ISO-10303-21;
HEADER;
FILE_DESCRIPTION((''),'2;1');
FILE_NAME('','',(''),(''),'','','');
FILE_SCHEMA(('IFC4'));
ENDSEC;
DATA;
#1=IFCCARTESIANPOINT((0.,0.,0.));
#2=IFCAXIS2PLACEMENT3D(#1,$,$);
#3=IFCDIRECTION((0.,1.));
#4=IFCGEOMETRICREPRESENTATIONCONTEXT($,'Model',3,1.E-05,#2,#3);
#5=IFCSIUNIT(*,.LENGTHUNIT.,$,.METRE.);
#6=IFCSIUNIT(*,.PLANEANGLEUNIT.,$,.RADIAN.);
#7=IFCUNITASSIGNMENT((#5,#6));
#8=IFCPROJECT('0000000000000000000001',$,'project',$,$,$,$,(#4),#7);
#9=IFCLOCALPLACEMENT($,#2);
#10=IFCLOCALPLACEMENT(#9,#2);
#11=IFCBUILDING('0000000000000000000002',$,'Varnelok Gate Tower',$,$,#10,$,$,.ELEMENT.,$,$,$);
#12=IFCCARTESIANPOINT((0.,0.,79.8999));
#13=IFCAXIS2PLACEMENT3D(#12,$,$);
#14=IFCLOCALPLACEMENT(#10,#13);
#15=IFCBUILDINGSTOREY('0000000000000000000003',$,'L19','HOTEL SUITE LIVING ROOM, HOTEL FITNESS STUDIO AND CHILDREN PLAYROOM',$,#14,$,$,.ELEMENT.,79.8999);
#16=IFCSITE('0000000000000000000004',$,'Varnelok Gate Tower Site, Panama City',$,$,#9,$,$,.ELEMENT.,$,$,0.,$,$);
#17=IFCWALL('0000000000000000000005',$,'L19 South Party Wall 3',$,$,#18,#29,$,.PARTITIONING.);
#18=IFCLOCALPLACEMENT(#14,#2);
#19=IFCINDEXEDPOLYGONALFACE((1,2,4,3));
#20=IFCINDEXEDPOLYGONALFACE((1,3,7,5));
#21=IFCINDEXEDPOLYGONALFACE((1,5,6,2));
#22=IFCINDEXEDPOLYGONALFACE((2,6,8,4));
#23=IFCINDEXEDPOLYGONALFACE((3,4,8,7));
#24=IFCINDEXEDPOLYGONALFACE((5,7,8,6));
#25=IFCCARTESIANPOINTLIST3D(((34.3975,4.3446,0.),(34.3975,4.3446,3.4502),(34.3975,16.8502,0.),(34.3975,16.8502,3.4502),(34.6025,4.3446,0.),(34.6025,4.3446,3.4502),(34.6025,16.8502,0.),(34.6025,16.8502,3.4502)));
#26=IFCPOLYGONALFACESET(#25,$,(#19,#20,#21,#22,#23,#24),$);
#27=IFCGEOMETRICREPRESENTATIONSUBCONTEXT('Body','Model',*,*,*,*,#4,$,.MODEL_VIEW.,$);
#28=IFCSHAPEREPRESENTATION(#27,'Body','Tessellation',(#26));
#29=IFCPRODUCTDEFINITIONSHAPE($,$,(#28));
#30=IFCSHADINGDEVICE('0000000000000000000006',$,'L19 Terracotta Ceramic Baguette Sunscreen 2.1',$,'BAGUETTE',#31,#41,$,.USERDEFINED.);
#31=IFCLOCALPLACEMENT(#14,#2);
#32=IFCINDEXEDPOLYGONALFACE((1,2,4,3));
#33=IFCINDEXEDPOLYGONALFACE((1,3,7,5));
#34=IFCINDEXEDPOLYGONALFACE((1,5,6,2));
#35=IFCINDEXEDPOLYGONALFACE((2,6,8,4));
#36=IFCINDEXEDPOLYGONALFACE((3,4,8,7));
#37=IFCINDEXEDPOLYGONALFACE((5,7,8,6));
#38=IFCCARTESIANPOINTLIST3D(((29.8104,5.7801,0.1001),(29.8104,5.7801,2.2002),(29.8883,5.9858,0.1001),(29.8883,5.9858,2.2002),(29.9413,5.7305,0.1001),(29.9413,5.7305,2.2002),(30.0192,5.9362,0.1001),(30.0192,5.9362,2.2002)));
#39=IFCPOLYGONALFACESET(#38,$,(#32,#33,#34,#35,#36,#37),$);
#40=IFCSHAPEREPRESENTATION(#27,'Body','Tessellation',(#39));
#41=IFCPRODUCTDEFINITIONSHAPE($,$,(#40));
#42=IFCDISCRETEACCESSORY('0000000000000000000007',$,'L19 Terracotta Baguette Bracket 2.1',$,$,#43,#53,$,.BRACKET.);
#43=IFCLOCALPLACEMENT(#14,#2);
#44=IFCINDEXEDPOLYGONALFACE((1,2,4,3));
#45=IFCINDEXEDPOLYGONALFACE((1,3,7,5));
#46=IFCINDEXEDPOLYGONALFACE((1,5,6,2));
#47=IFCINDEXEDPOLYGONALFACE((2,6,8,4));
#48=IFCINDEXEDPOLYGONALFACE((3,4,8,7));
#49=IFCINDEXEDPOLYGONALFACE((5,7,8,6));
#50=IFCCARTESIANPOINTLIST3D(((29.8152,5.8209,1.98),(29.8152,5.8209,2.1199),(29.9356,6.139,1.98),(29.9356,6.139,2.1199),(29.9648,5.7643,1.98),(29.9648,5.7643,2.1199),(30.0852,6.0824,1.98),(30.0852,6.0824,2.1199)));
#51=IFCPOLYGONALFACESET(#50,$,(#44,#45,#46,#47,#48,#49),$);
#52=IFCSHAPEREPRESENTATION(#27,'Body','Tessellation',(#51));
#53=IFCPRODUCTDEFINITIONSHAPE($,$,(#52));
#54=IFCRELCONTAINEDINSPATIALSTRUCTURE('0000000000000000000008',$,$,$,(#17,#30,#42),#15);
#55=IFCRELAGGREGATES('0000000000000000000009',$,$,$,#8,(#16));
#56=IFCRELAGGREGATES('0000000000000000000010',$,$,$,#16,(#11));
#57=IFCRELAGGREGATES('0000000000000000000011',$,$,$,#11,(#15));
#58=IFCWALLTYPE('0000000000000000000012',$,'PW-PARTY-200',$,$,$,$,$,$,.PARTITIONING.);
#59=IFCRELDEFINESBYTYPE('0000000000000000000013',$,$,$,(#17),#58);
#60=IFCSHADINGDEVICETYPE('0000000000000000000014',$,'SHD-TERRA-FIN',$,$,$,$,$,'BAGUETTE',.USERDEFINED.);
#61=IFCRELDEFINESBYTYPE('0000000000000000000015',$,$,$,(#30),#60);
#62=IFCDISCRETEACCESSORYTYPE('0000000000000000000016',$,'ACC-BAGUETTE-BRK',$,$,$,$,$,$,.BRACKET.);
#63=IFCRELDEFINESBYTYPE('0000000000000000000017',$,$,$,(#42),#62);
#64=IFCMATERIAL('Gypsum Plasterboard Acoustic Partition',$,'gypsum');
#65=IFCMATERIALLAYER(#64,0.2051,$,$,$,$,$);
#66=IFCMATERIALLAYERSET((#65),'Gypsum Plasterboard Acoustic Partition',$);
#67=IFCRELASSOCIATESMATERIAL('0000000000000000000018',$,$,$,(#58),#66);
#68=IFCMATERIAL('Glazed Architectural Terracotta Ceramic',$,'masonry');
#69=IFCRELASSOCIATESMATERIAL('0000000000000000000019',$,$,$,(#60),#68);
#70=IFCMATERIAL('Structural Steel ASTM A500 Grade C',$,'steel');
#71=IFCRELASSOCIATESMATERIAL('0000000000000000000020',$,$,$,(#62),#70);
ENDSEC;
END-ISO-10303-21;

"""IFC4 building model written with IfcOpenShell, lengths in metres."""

from ifc_helpers import new_model, si_unit, direction, frame, frame_2d, origin, origin_2d, place, context, subcontext, project, spatial, rectangle, extrude, source, transform, mapped, material, layer, layer_set, type_object, element, save


model = new_model("IFC4")

# Units and contexts
model_context = context("Model", 3, precision=1e-05, world=origin(), true_north=direction((0.0, 1.0)))
body_context = subcontext(model_context, "Body", "Model", "MODEL_VIEW")
ifc_project = project(units=[si_unit("LENGTHUNIT", "METRE"), si_unit("PLANEANGLEUNIT", "RADIAN")], contexts=[model_context])

# Site, building, storey
site_placement = place(None, origin())
site = spatial("IfcSite", under=ifc_project, at=site_placement, Name="Varnelok Gate Tower Site, Panama City", CompositionType="ELEMENT", RefElevation=0.0)
building_placement = place(site_placement, origin())
building = spatial("IfcBuilding", under=site, at=building_placement, Name="Varnelok Gate Tower", CompositionType="ELEMENT")
storey_placement = place(building_placement, frame((0.0, 0.0, 79.8999)))
storey = spatial("IfcBuildingStorey", under=building, at=storey_placement, Name="L19", Description="HOTEL SUITE LIVING ROOM, HOTEL FITNESS STUDIO AND CHILDREN PLAYROOM", CompositionType="ELEMENT", Elevation=79.8999)

# Shared definitions
ifc_material_1 = material(Name="Gypsum Plasterboard Acoustic Partition", Category="gypsum")

# Wall
ifc_layer_1 = layer(ifc_material_1, 0.2051)
ifc_layer_set_1 = layer_set([ifc_layer_1], Name="Gypsum Plasterboard Acoustic Partition")
wall_type_1 = type_object("IfcWallType", Name="PW-PARTY-200", PredefinedType="PARTITIONING", material=ifc_layer_set_1)
wall_1_placement = place(storey_placement, frame((34.5, 4.3445, 0.0), z_axis=(0.0, 0.0, 1.0), x_axis=(0.0, 1.0, 0.0)))
element("IfcWall", 1, at=wall_1_placement, inside=storey, type_object=wall_type_1, Name="L19 South Party Wall 3", PredefinedType="PARTITIONING", context=body_context, shape_type="SweptSolid", body=[
    extrude(rectangle(XDim=12.5056, YDim=0.2051, at=frame_2d((6.2529, 0.0))), origin(), (0.0, 0.0, 1.0), 3.4502),
])

# Shading device
ifc_material_2 = material(Name="Glazed Architectural Terracotta Ceramic", Category="masonry")
shading_device_type = type_object("IfcShadingDeviceType", Name="SHD-TERRA-FIN", ElementType="BAGUETTE", PredefinedType="USERDEFINED", material=ifc_material_2)
shared_shape_1 = source(origin(), body_context, "Body", "SweptSolid", [
    extrude(rectangle(XDim=0.1399, YDim=0.22, at=origin_2d()), origin(), (0.0, 0.0, 1.0), 2.1001),
])
shading_device_placement = place(storey_placement, frame((29.9148, 5.8582, 0.1001), z_axis=(0.0, 0.0, 1.0), x_axis=(0.935222, -0.354063, 0.0)))
element("IfcShadingDevice", 2, at=shading_device_placement, inside=storey, type_object=shading_device_type, Name="L19 Terracotta Ceramic Baguette Sunscreen 2.1", ObjectType="BAGUETTE", PredefinedType="USERDEFINED", context=body_context, shape_type="MappedRepresentation", body=[
    mapped(shared_shape_1, transform((0.0, 0.0, 0.0), scale=1.0)),
])

# Discrete accessory
ifc_material_3 = material(Name="Structural Steel ASTM A500 Grade C", Category="steel")
discrete_accessory_type = type_object("IfcDiscreteAccessoryType", Name="ACC-BAGUETTE-BRK", PredefinedType="BRACKET", material=ifc_material_3)
shared_shape_2 = source(origin(), body_context, "Body", "SweptSolid", [
    extrude(rectangle(XDim=0.1599, YDim=0.3401, at=origin_2d()), origin(), (0.0, 0.0, 1.0), 0.1399),
])
discrete_accessory_placement = place(storey_placement, frame((29.9502, 5.9517, 1.98), z_axis=(0.0, 0.0, 1.0), x_axis=(0.935222, -0.354063, 0.0)))
element("IfcDiscreteAccessory", 3, at=discrete_accessory_placement, inside=storey, type_object=discrete_accessory_type, Name="L19 Terracotta Baguette Bracket 2.1", PredefinedType="BRACKET", context=body_context, shape_type="MappedRepresentation", body=[
    mapped(shared_shape_2, transform((0.0, 0.0, 0.0), scale=1.0)),
])

save(model, "model.ifc")
